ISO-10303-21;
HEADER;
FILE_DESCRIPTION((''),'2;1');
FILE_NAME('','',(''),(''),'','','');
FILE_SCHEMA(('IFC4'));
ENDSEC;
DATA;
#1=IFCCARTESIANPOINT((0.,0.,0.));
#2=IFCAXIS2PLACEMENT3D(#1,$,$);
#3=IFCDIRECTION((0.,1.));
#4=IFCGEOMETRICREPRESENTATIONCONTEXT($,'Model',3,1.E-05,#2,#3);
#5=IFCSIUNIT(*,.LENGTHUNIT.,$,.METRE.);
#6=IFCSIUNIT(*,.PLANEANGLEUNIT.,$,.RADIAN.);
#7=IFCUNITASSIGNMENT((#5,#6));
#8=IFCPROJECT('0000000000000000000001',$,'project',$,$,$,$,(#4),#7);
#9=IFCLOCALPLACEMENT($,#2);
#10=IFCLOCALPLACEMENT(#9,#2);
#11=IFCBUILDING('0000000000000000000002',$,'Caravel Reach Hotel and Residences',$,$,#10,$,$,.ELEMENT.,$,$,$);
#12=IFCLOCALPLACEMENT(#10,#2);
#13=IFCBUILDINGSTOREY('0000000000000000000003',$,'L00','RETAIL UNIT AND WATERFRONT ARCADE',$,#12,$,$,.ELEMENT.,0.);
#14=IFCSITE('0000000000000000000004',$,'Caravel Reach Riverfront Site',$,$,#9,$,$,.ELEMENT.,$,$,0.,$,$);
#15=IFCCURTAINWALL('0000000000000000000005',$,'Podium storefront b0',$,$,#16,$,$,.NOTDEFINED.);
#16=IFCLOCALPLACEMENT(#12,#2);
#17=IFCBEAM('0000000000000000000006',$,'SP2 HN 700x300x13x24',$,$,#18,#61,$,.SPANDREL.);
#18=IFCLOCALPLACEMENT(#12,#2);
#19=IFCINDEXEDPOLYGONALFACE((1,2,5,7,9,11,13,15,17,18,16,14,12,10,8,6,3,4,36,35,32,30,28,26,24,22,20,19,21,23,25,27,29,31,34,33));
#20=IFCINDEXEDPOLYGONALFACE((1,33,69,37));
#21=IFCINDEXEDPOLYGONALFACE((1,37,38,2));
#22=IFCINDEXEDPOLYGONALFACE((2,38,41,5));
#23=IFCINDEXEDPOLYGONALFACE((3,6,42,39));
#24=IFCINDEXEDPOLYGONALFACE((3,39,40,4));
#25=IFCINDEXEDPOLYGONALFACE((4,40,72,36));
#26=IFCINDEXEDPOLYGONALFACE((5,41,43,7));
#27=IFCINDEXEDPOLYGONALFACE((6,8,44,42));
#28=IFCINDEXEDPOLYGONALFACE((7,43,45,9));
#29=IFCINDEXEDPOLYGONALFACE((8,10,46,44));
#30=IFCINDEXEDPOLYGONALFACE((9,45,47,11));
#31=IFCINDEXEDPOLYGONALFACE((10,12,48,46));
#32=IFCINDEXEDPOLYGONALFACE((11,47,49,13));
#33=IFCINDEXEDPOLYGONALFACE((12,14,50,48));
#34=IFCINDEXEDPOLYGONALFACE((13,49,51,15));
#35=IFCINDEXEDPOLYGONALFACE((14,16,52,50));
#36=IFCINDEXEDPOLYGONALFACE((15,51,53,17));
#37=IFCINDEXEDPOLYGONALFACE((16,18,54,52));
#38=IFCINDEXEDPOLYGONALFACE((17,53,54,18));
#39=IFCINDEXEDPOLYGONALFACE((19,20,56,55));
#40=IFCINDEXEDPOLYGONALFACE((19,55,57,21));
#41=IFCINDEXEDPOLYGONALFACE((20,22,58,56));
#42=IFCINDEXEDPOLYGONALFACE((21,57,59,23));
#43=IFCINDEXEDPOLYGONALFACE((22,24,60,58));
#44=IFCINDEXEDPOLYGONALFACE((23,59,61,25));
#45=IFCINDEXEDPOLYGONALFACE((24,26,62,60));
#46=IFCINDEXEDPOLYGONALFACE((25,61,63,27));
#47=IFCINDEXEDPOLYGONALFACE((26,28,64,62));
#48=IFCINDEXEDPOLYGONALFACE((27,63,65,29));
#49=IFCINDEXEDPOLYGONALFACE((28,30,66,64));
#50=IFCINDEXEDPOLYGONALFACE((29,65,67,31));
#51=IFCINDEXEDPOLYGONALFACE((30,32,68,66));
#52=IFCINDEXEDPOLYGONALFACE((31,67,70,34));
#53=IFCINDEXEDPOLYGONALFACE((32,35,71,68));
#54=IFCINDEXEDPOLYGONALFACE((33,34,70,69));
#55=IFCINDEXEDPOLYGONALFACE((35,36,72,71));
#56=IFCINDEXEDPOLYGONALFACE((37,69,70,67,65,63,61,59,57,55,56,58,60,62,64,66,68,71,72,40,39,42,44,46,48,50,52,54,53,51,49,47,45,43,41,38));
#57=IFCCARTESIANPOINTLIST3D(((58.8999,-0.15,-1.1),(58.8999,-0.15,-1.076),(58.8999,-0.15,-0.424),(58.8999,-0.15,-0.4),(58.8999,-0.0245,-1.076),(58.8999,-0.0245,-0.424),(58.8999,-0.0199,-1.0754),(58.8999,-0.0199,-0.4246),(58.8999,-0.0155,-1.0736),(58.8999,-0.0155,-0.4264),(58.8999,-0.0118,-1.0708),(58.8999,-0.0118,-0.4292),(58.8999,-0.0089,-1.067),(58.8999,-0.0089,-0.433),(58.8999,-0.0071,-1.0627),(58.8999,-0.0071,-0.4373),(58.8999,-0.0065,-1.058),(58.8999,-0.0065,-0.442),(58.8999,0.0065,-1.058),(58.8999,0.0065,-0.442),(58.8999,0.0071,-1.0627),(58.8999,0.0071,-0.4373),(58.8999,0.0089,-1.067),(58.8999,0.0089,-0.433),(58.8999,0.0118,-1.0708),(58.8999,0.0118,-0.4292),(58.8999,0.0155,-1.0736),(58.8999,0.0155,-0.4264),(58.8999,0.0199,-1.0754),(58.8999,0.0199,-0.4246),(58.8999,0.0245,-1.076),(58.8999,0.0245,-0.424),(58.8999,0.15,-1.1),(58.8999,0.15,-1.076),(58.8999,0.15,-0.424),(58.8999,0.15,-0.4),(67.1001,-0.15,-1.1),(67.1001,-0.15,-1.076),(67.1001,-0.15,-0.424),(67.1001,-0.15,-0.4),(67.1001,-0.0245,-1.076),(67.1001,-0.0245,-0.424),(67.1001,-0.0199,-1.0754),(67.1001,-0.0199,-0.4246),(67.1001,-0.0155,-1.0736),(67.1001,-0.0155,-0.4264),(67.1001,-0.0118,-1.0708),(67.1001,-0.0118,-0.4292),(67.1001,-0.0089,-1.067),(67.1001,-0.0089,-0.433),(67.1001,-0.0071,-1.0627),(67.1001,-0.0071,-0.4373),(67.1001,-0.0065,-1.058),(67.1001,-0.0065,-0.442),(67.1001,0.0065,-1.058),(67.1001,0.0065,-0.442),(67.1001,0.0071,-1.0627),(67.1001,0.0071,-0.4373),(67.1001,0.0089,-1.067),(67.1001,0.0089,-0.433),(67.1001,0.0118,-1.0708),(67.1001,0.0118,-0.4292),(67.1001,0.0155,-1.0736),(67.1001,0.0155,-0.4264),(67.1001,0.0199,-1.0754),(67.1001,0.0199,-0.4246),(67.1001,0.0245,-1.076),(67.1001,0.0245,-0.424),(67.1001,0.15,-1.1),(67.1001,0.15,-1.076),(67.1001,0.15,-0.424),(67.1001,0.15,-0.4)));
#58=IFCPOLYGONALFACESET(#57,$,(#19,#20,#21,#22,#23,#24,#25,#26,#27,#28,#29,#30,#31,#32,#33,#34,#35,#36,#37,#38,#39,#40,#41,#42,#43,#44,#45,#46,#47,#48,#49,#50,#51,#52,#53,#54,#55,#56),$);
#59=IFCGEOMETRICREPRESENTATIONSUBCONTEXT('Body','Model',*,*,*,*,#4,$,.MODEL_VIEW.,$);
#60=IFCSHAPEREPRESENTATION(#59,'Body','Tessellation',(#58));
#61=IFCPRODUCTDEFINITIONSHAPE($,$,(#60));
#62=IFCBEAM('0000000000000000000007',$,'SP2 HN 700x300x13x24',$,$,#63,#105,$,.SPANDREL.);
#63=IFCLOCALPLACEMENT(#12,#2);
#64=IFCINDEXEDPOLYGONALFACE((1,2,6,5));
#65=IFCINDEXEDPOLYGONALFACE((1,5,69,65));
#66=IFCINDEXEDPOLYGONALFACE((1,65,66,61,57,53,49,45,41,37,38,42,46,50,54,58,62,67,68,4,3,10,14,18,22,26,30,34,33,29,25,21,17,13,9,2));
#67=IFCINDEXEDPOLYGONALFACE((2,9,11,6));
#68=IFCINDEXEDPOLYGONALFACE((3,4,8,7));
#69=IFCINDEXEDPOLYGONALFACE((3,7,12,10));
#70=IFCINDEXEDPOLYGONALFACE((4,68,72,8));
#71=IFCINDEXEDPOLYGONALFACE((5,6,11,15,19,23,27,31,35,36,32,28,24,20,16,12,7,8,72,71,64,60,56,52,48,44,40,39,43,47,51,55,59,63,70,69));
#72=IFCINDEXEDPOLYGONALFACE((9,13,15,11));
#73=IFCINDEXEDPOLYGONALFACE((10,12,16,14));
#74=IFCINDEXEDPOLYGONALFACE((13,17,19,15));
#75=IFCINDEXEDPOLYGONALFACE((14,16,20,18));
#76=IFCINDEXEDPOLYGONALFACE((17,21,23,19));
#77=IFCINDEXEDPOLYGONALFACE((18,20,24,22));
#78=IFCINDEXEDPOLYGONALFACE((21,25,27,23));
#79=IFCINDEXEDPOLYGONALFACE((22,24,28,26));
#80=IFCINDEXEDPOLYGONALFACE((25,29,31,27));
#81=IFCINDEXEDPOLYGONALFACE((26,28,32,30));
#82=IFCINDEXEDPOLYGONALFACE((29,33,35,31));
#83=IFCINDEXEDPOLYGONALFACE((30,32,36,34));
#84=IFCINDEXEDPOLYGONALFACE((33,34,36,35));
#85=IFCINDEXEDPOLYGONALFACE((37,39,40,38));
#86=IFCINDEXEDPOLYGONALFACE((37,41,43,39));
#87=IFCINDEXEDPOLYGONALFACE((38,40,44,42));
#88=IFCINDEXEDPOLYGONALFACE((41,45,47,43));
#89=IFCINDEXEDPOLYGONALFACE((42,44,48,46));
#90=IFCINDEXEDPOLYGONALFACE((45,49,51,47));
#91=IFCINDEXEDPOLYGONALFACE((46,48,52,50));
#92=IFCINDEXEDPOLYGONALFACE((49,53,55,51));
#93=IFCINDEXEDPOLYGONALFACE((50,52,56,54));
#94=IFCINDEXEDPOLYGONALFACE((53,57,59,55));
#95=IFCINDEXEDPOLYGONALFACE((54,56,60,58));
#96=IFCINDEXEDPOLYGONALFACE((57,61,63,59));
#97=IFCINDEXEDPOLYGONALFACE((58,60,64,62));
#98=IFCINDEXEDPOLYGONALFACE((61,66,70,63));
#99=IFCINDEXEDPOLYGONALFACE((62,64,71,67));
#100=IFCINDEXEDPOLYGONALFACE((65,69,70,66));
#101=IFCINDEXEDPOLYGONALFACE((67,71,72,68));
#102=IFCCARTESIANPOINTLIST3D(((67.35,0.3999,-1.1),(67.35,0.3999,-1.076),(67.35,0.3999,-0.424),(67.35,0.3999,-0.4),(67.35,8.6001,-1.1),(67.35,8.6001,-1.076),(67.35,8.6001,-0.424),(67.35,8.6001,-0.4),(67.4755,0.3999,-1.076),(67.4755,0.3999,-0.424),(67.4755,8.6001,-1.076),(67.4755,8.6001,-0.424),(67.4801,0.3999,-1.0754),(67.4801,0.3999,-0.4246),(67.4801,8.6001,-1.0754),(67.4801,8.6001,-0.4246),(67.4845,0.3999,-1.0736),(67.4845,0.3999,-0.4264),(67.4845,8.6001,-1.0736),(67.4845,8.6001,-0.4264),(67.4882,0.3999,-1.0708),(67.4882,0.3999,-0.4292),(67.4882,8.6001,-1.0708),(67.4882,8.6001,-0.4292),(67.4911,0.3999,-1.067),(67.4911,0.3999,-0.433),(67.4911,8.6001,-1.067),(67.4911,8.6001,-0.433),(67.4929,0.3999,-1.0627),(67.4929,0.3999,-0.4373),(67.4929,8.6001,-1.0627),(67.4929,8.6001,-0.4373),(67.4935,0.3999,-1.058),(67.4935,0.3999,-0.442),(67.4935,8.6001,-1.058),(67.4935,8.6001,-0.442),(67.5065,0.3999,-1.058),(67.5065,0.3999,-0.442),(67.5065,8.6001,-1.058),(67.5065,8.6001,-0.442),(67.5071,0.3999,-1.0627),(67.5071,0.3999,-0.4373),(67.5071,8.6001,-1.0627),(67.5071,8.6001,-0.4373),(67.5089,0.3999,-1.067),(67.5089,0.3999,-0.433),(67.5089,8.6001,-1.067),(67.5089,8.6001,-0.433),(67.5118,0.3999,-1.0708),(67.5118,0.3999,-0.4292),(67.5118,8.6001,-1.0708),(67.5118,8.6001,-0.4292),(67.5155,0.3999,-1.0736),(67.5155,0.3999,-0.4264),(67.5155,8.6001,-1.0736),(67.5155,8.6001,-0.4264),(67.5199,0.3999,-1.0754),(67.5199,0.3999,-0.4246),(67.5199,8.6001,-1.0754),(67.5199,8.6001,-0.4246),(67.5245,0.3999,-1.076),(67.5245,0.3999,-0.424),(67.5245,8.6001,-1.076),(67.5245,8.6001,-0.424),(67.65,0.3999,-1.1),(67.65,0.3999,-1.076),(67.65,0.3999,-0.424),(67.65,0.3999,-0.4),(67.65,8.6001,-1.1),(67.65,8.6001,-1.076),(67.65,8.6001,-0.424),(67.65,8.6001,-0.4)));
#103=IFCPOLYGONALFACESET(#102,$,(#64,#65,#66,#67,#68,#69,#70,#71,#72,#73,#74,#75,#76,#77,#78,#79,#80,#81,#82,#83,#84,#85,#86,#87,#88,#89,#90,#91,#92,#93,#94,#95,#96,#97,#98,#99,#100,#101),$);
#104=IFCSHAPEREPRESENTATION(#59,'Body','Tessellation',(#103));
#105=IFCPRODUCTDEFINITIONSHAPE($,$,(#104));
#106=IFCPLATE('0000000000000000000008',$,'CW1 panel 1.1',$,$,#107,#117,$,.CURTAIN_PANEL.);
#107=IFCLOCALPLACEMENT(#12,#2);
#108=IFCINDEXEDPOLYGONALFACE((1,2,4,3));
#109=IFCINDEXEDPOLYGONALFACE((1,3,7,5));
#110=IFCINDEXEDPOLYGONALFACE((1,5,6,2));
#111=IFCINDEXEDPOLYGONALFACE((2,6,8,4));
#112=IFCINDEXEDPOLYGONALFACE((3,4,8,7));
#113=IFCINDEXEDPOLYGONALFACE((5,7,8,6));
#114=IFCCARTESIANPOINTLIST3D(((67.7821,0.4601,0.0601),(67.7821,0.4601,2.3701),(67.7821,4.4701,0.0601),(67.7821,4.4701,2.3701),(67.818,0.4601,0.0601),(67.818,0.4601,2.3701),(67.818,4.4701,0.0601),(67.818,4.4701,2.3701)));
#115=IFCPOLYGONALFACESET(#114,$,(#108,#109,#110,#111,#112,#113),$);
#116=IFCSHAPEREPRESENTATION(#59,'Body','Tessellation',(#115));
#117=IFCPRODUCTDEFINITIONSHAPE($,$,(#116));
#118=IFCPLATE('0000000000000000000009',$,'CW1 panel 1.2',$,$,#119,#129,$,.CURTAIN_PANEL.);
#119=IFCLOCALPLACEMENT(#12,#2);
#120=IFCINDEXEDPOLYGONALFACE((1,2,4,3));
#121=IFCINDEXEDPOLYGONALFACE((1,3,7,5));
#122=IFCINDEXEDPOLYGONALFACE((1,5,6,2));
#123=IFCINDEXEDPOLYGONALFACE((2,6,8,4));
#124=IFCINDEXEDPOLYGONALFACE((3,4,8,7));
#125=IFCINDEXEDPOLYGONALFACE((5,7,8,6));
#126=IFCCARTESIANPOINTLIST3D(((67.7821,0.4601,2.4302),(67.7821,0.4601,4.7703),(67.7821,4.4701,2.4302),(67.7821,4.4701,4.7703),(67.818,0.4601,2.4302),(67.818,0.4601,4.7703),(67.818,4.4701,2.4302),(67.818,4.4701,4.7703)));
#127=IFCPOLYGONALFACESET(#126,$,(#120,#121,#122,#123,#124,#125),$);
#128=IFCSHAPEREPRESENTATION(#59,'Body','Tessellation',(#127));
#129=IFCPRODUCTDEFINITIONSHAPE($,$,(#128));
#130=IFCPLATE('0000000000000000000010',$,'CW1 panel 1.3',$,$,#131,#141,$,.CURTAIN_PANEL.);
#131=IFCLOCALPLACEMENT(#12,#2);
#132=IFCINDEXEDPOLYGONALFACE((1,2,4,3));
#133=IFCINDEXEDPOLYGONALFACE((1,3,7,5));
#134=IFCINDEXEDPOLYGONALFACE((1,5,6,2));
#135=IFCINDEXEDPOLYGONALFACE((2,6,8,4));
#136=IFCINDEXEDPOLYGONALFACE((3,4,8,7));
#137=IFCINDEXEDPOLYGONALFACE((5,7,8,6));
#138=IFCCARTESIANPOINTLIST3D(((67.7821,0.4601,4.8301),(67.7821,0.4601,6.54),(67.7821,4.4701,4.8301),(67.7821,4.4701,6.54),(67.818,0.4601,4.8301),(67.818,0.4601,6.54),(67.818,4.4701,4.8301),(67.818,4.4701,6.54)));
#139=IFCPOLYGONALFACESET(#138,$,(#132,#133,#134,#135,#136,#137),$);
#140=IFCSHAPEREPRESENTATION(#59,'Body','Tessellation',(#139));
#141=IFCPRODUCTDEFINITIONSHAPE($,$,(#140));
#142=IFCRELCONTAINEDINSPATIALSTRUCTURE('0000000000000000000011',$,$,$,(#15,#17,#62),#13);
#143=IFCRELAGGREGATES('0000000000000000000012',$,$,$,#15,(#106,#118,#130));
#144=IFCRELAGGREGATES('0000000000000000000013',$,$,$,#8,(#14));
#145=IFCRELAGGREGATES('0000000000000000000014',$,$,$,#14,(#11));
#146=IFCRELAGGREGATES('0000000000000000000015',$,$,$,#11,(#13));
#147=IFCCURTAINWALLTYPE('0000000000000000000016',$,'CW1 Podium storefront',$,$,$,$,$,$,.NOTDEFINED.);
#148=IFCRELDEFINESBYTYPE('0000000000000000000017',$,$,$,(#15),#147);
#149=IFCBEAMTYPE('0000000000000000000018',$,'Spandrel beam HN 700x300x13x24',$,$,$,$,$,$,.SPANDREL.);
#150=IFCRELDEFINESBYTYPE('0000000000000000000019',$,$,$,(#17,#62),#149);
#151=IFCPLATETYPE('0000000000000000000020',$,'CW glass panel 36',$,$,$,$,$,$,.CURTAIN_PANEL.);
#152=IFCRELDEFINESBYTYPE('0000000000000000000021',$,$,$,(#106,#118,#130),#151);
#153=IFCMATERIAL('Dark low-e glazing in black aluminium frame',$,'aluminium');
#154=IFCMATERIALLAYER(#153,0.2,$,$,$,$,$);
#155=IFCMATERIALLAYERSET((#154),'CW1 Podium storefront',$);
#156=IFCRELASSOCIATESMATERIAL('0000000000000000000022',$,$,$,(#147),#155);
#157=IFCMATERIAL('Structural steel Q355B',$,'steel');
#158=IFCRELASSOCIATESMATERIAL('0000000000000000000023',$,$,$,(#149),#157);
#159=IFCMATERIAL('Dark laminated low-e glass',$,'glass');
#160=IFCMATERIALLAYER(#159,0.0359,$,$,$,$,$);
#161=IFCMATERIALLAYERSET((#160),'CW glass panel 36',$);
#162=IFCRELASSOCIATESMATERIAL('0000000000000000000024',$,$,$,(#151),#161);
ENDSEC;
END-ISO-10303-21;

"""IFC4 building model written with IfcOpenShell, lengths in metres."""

from ifc_helpers import new_model, si_unit, direction, frame, origin, origin_2d, place, context, subcontext, project, spatial, rectangle, i_section, extrude, material, layer, layer_set, material_profile, profile_set, type_object, element, aggregate, save


model = new_model("IFC4")

# Units and contexts
model_context = context("Model", 3, precision=1e-05, world=origin(), true_north=direction((0.0, 1.0)))
body_context = subcontext(model_context, "Body", "Model", "MODEL_VIEW")
ifc_project = project(units=[si_unit("LENGTHUNIT", "METRE"), si_unit("PLANEANGLEUNIT", "RADIAN")], contexts=[model_context])

# Site, building, storey
site_placement = place(None, origin())
site = spatial("IfcSite", under=ifc_project, at=site_placement, Name="Caravel Reach Riverfront Site", CompositionType="ELEMENT", RefElevation=0.0)
building_placement = place(site_placement, origin())
building = spatial("IfcBuilding", under=site, at=building_placement, Name="Caravel Reach Hotel and Residences", CompositionType="ELEMENT")
storey_placement = place(building_placement, origin())
storey = spatial("IfcBuildingStorey", under=building, at=storey_placement, Name="L00", Description="RETAIL UNIT AND WATERFRONT ARCADE", CompositionType="ELEMENT", Elevation=0.0)

# Curtain wall
ifc_material_1 = material(Name="Dark low-e glazing in black aluminium frame", Category="aluminium")
ifc_layer_1 = layer(ifc_material_1, 0.2)
ifc_layer_set_1 = layer_set([ifc_layer_1], Name="CW1 Podium storefront")
curtain_wall_type_1 = type_object("IfcCurtainWallType", Name="CW1 Podium storefront", PredefinedType="NOTDEFINED", material=ifc_layer_set_1)
curtain_wall_1_placement = place(storey_placement, origin())
curtain_wall_1 = element("IfcCurtainWall", 1, at=curtain_wall_1_placement, inside=storey, type_object=curtain_wall_type_1, Name="Podium storefront b0", PredefinedType="NOTDEFINED")

# Beams
ifc_material_2 = material(Name="Structural steel Q355B", Category="steel")
ifc_material_profile_1 = material_profile(ifc_material_2, i_section(OverallWidth=0.3, OverallDepth=0.7, WebThickness=0.0129, FlangeThickness=0.0239, FilletRadius=0.0181, at=origin_2d()), Name="HN 700x300x13x24")
ifc_profile_set_1 = profile_set([ifc_material_profile_1], Name="Structural steel Q355B")
beam_type = type_object("IfcBeamType", Name="Spandrel beam HN 700x300x13x24", PredefinedType="SPANDREL", material=ifc_profile_set_1)
for number, where, z_axis, x_axis, name in (
    (2, (58.8999, 0.0, -0.75), (1.0, 0.0, 0.0), (0.0, 1.0, 0.0), "SP2 HN 700x300x13x24"),
    (3, (67.5, 0.3999, -0.75), (0.0, 1.0, 0.0), (-1.0, 0.0, 0.0), "SP2 HN 700x300x13x24"),
):
    element("IfcBeam", number, at=place(storey_placement, frame(where, z_axis=z_axis, x_axis=x_axis)), inside=storey, type_object=beam_type, Name=name, PredefinedType="SPANDREL", context=body_context, shape_type="SweptSolid", body=[
        extrude(i_section(OverallWidth=0.3, OverallDepth=0.7, WebThickness=0.0129, FlangeThickness=0.0239, FilletRadius=0.0181, at=origin_2d()), origin(), (0.0, 0.0, 1.0), 8.2002),
    ])

# Plates
ifc_material_3 = material(Name="Dark laminated low-e glass", Category="glass")
ifc_layer_2 = layer(ifc_material_3, 0.0359)
ifc_layer_set_2 = layer_set([ifc_layer_2], Name="CW glass panel 36")
plate_type = type_object("IfcPlateType", Name="CW glass panel 36", PredefinedType="CURTAIN_PANEL", material=ifc_layer_set_2)
plate_1_placement = place(storey_placement, frame((67.8, 2.4651, 0.0601), z_axis=(0.0, 0.0, 1.0), x_axis=(0.0, 1.0, 0.0)))
plate_1 = element("IfcPlate", 4, at=plate_1_placement, type_object=plate_type, Name="CW1 panel 1.1", PredefinedType="CURTAIN_PANEL", context=body_context, shape_type="SweptSolid", body=[
    extrude(rectangle(XDim=4.01, YDim=0.0359, at=origin_2d()), origin(), (0.0, 0.0, 1.0), 2.3101),
])
plate_2_placement = place(storey_placement, frame((67.8, 2.4651, 2.4302), z_axis=(0.0, 0.0, 1.0), x_axis=(0.0, 1.0, 0.0)))
plate_2 = element("IfcPlate", 5, at=plate_2_placement, type_object=plate_type, Name="CW1 panel 1.2", PredefinedType="CURTAIN_PANEL", context=body_context, shape_type="SweptSolid", body=[
    extrude(rectangle(XDim=4.01, YDim=0.0359, at=origin_2d()), origin(), (0.0, 0.0, 1.0), 2.3401),
])
plate_3_placement = place(storey_placement, frame((67.8, 2.4651, 4.8301), z_axis=(0.0, 0.0, 1.0), x_axis=(0.0, 1.0, 0.0)))
plate_3 = element("IfcPlate", 6, at=plate_3_placement, type_object=plate_type, Name="CW1 panel 1.3", PredefinedType="CURTAIN_PANEL", context=body_context, shape_type="SweptSolid", body=[
    extrude(rectangle(XDim=4.01, YDim=0.0359, at=origin_2d()), origin(), (0.0, 0.0, 1.0), 1.71),
])
aggregate(curtain_wall_1, [plate_1, plate_2, plate_3])

save(model, "model.ifc")
